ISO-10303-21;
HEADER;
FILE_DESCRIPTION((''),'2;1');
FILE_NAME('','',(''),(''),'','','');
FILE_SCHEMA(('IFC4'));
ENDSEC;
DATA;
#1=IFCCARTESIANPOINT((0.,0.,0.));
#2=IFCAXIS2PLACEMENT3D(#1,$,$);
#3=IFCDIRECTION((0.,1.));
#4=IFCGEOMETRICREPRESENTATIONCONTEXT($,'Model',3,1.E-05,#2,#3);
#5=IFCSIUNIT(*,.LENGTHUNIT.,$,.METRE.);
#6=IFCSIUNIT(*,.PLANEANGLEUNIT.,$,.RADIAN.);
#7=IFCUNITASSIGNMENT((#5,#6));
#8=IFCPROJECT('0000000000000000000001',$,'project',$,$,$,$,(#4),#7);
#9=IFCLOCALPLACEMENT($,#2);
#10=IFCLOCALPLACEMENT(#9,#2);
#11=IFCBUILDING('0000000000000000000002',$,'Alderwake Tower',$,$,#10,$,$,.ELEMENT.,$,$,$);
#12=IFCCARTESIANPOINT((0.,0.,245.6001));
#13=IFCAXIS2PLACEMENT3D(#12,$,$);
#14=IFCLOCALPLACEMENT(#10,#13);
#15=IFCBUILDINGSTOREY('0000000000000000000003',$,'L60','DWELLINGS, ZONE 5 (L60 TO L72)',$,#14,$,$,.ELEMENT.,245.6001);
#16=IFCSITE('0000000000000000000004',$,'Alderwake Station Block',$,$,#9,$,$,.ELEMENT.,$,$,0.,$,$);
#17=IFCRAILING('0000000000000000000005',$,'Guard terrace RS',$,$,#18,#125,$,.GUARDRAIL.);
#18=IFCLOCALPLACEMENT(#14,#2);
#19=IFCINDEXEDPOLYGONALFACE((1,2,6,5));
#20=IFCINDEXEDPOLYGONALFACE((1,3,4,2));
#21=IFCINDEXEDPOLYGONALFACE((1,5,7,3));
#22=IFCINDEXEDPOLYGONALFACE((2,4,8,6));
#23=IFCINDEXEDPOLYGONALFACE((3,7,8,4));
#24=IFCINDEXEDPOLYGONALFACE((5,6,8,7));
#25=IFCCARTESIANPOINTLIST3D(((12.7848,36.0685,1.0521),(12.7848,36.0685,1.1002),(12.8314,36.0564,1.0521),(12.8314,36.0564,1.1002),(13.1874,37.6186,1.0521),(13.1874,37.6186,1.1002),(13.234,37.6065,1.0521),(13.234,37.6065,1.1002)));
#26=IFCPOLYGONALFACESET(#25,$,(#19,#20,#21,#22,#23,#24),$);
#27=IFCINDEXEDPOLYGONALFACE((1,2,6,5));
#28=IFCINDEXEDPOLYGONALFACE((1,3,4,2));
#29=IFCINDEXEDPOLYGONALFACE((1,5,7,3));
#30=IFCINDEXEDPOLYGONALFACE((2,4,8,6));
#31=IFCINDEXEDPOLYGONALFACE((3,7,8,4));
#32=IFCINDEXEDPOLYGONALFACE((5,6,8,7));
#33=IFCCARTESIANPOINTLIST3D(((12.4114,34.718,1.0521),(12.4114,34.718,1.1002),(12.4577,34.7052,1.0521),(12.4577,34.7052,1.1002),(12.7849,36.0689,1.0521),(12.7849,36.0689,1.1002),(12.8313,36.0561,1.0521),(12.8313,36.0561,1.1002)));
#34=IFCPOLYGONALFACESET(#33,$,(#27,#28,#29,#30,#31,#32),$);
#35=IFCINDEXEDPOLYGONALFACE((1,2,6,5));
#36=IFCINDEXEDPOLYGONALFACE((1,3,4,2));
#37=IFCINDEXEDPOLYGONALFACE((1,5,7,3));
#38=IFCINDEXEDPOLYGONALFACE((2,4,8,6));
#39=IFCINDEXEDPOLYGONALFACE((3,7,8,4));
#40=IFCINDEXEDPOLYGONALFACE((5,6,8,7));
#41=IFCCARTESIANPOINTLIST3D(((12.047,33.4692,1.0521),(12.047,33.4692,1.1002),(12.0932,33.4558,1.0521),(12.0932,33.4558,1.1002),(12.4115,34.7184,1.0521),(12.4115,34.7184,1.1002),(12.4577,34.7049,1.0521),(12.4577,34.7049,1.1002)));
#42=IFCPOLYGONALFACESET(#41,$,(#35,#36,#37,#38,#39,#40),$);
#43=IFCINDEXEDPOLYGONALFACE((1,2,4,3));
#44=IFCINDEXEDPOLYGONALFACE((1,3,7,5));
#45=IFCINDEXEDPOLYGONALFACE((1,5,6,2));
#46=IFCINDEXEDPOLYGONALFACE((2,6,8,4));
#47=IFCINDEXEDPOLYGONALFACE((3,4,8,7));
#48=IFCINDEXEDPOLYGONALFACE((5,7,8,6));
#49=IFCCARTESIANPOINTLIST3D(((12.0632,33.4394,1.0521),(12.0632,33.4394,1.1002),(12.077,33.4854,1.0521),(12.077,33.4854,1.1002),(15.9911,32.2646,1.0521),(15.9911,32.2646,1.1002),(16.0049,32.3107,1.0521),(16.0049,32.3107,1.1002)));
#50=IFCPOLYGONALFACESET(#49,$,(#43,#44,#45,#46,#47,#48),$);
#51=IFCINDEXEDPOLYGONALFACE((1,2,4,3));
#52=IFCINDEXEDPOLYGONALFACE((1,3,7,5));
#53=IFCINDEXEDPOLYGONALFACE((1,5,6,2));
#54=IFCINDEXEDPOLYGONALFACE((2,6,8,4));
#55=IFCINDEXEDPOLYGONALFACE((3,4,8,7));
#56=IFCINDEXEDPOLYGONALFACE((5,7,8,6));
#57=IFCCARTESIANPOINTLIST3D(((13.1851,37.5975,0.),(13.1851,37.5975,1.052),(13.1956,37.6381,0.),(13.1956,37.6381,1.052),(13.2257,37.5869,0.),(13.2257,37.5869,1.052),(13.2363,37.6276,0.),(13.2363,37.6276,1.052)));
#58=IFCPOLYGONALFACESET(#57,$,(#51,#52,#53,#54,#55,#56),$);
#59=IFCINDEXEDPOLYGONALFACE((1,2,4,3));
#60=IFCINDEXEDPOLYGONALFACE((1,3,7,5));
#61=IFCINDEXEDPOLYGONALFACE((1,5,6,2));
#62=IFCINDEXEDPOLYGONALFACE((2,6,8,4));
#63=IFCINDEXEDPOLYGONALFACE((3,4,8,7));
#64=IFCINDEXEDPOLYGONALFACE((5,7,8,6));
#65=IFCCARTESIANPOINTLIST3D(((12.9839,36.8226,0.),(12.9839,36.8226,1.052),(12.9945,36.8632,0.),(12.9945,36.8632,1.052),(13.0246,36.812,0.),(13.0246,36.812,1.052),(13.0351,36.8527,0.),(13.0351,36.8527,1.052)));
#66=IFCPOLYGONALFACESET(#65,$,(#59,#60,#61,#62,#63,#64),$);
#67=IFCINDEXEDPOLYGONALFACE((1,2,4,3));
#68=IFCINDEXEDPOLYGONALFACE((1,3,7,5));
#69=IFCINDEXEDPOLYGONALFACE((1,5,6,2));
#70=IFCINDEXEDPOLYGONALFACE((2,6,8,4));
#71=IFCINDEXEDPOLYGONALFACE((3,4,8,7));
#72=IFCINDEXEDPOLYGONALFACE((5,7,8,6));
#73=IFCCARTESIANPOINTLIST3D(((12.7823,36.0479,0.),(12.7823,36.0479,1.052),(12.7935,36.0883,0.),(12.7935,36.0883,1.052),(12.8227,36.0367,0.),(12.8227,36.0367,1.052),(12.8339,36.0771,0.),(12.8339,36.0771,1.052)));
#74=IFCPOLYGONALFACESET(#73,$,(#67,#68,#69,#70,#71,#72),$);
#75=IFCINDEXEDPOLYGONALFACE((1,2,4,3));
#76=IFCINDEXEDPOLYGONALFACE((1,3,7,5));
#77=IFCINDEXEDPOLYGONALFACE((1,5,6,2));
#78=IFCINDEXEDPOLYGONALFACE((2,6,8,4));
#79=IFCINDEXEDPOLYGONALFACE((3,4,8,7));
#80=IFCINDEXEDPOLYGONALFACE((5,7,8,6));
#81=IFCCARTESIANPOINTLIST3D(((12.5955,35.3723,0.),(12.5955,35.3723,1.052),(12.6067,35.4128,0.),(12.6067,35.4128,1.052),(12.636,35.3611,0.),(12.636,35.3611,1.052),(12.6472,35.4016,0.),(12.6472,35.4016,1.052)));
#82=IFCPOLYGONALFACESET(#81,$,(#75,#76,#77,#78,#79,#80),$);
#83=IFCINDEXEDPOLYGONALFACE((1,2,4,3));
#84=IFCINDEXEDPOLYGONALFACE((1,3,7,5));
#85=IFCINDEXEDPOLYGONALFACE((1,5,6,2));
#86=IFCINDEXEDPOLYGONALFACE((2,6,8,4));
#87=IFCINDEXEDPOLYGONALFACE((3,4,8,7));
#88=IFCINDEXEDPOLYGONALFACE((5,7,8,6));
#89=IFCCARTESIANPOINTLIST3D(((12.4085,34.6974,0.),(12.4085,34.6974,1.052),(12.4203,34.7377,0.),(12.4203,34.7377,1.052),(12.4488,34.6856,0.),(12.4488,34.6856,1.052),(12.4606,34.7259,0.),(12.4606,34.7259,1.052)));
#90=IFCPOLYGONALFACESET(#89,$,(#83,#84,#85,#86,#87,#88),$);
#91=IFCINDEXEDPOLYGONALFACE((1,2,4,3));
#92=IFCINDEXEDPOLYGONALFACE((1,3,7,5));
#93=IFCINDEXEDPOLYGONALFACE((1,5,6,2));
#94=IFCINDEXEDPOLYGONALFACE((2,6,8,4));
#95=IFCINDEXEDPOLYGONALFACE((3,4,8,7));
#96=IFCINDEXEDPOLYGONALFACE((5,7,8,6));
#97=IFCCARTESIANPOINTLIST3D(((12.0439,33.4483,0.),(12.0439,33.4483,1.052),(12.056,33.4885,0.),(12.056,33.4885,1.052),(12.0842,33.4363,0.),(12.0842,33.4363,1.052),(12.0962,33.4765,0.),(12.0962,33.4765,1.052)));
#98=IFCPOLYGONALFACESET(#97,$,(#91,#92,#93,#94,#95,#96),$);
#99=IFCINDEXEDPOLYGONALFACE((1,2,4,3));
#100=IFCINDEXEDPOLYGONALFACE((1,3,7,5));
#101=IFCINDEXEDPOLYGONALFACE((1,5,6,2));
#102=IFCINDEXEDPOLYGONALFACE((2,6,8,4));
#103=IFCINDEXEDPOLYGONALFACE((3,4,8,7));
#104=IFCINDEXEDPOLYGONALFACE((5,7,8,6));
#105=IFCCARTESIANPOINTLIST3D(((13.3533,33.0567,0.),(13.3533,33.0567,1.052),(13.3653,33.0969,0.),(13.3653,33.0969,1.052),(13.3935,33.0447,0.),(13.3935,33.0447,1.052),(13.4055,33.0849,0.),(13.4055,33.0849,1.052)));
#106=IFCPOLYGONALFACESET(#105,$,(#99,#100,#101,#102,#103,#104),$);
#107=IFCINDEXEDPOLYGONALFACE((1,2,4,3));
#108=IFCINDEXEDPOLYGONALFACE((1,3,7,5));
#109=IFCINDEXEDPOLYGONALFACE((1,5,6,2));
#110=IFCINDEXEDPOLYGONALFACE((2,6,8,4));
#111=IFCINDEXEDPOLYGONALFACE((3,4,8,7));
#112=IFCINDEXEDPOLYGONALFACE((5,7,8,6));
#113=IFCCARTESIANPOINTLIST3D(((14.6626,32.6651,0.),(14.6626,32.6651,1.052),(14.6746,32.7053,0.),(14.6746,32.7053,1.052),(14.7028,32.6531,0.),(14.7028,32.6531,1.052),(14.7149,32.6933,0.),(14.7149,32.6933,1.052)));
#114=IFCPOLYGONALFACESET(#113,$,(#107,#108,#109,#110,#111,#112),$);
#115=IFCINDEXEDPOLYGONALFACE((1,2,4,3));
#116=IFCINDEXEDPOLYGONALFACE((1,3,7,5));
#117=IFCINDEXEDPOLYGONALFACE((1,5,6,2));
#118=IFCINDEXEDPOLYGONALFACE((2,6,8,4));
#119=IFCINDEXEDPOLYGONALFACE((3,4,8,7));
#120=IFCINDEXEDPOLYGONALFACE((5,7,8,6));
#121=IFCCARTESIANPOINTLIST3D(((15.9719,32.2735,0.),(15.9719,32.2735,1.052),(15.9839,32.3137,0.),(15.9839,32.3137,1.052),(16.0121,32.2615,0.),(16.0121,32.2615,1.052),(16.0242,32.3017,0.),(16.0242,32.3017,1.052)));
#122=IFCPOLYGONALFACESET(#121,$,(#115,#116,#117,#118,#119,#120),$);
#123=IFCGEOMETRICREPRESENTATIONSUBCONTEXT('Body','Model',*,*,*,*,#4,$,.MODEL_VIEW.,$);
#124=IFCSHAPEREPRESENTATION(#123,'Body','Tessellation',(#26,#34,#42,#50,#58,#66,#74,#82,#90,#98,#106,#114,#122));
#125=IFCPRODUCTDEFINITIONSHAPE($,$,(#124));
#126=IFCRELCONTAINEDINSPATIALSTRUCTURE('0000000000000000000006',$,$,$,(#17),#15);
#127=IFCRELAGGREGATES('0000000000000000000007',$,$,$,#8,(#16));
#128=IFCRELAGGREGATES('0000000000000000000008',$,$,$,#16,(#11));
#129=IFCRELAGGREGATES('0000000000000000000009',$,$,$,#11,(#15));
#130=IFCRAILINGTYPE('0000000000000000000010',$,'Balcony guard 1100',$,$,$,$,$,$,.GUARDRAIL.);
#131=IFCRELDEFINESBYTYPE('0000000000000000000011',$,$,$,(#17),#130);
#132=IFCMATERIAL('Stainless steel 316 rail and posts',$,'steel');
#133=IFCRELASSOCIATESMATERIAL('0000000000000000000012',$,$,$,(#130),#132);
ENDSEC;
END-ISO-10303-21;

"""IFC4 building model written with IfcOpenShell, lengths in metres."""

from ifc_helpers import new_model, si_unit, direction, frame, origin, origin_2d, place, context, subcontext, project, spatial, rectangle, extrude, material, type_object, element, save


model = new_model("IFC4")

# Units and contexts
model_context = context("Model", 3, precision=1e-05, world=origin(), true_north=direction((0.0, 1.0)))
body_context = subcontext(model_context, "Body", "Model", "MODEL_VIEW")
ifc_project = project(units=[si_unit("LENGTHUNIT", "METRE"), si_unit("PLANEANGLEUNIT", "RADIAN")], contexts=[model_context])

# Site, building, storey
site_placement = place(None, origin())
site = spatial("IfcSite", under=ifc_project, at=site_placement, Name="Alderwake Station Block", CompositionType="ELEMENT", RefElevation=0.0)
building_placement = place(site_placement, origin())
building = spatial("IfcBuilding", under=site, at=building_placement, Name="Alderwake Tower", CompositionType="ELEMENT")
storey_placement = place(building_placement, frame((0.0, 0.0, 245.6001)))
storey = spatial("IfcBuildingStorey", under=building, at=storey_placement, Name="L60", Description="DWELLINGS, ZONE 5 (L60 TO L72)", CompositionType="ELEMENT", Elevation=245.6001)

# Railing
ifc_material_1 = material(Name="Stainless steel 316 rail and posts", Category="steel")
railing_type = type_object("IfcRailingType", Name="Balcony guard 1100", PredefinedType="GUARDRAIL", material=ifc_material_1)
railing_placement = place(storey_placement, frame((13.2107, 37.6125, 0.0)))
element("IfcRailing", 1, at=railing_placement, inside=storey, type_object=railing_type, Name="Guard terrace RS", PredefinedType="GUARDRAIL", context=body_context, shape_type="SweptSolid", body=[
    extrude(rectangle(XDim=0.0481, YDim=0.0481, at=origin_2d()), frame((0.0, 0.0, 1.0762), z_axis=(-0.251385, -0.967887, 0.0), x_axis=(0.967887, -0.251385, 0.0)), (0.0, 0.0, 1.0), 1.6016),
    extrude(rectangle(XDim=0.0481, YDim=0.0481, at=origin_2d()), frame((-0.4026, -1.55, 1.0762), z_axis=(-0.266521, -0.963829, 0.0), x_axis=(0.963829, -0.266521, 0.0)), (0.0, 0.0, 1.0), 1.4016),
    extrude(rectangle(XDim=0.0481, YDim=0.0481, at=origin_2d()), frame((-0.7761, -2.9009, 1.0762), z_axis=(-0.280094, -0.959973, 0.0), x_axis=(0.959973, -0.280094, 0.0)), (0.0, 0.0, 1.0), 1.3013),
    extrude(rectangle(XDim=0.0481, YDim=0.0481, at=origin_2d()), frame((-1.1406, -4.1501, 1.0762), z_axis=(0.958067, -0.286545, 0.0), x_axis=(0.286545, 0.958067, 0.0)), (0.0, 0.0, 1.0), 4.0999),
    extrude(rectangle(XDim=0.042, YDim=0.042, at=origin_2d()), frame((0.0, 0.0, 0.0), z_axis=(0.0, 0.0, 1.0), x_axis=(-0.251385, -0.967887, 0.0)), (0.0, 0.0, 1.0), 1.052),
    extrude(rectangle(XDim=0.042, YDim=0.042, at=origin_2d()), frame((-0.2012, -0.7749, 0.0), z_axis=(0.0, 0.0, 1.0), x_axis=(-0.251385, -0.967887, 0.0)), (0.0, 0.0, 1.0), 1.052),
    extrude(rectangle(XDim=0.042, YDim=0.042, at=origin_2d()), frame((-0.4026, -1.55, 0.0), z_axis=(0.0, 0.0, 1.0), x_axis=(-0.266521, -0.963829, 0.0)), (0.0, 0.0, 1.0), 1.052),
    extrude(rectangle(XDim=0.042, YDim=0.042, at=origin_2d()), frame((-0.5894, -2.2256, 0.0), z_axis=(0.0, 0.0, 1.0), x_axis=(-0.266521, -0.963829, 0.0)), (0.0, 0.0, 1.0), 1.052),
    extrude(rectangle(XDim=0.042, YDim=0.042, at=origin_2d()), frame((-0.7761, -2.9009, 0.0), z_axis=(0.0, 0.0, 1.0), x_axis=(-0.280094, -0.959973, 0.0)), (0.0, 0.0, 1.0), 1.052),
    extrude(rectangle(XDim=0.042, YDim=0.042, at=origin_2d()), frame((-1.1406, -4.1501, 0.0), z_axis=(0.0, 0.0, 1.0), x_axis=(0.958067, -0.286545, 0.0)), (0.0, 0.0, 1.0), 1.052),
    extrude(rectangle(XDim=0.042, YDim=0.042, at=origin_2d()), frame((0.1687, -4.5417, 0.0), z_axis=(0.0, 0.0, 1.0), x_axis=(0.958067, -0.286545, 0.0)), (0.0, 0.0, 1.0), 1.052),
    extrude(rectangle(XDim=0.042, YDim=0.042, at=origin_2d()), frame((1.478, -4.9333, 0.0), z_axis=(0.0, 0.0, 1.0), x_axis=(0.958067, -0.286545, 0.0)), (0.0, 0.0, 1.0), 1.052),
    extrude(rectangle(XDim=0.042, YDim=0.042, at=origin_2d()), frame((2.7874, -5.325, 0.0), z_axis=(0.0, 0.0, 1.0), x_axis=(0.958067, -0.286545, 0.0)), (0.0, 0.0, 1.0), 1.052),
])

save(model, "model.ifc")
